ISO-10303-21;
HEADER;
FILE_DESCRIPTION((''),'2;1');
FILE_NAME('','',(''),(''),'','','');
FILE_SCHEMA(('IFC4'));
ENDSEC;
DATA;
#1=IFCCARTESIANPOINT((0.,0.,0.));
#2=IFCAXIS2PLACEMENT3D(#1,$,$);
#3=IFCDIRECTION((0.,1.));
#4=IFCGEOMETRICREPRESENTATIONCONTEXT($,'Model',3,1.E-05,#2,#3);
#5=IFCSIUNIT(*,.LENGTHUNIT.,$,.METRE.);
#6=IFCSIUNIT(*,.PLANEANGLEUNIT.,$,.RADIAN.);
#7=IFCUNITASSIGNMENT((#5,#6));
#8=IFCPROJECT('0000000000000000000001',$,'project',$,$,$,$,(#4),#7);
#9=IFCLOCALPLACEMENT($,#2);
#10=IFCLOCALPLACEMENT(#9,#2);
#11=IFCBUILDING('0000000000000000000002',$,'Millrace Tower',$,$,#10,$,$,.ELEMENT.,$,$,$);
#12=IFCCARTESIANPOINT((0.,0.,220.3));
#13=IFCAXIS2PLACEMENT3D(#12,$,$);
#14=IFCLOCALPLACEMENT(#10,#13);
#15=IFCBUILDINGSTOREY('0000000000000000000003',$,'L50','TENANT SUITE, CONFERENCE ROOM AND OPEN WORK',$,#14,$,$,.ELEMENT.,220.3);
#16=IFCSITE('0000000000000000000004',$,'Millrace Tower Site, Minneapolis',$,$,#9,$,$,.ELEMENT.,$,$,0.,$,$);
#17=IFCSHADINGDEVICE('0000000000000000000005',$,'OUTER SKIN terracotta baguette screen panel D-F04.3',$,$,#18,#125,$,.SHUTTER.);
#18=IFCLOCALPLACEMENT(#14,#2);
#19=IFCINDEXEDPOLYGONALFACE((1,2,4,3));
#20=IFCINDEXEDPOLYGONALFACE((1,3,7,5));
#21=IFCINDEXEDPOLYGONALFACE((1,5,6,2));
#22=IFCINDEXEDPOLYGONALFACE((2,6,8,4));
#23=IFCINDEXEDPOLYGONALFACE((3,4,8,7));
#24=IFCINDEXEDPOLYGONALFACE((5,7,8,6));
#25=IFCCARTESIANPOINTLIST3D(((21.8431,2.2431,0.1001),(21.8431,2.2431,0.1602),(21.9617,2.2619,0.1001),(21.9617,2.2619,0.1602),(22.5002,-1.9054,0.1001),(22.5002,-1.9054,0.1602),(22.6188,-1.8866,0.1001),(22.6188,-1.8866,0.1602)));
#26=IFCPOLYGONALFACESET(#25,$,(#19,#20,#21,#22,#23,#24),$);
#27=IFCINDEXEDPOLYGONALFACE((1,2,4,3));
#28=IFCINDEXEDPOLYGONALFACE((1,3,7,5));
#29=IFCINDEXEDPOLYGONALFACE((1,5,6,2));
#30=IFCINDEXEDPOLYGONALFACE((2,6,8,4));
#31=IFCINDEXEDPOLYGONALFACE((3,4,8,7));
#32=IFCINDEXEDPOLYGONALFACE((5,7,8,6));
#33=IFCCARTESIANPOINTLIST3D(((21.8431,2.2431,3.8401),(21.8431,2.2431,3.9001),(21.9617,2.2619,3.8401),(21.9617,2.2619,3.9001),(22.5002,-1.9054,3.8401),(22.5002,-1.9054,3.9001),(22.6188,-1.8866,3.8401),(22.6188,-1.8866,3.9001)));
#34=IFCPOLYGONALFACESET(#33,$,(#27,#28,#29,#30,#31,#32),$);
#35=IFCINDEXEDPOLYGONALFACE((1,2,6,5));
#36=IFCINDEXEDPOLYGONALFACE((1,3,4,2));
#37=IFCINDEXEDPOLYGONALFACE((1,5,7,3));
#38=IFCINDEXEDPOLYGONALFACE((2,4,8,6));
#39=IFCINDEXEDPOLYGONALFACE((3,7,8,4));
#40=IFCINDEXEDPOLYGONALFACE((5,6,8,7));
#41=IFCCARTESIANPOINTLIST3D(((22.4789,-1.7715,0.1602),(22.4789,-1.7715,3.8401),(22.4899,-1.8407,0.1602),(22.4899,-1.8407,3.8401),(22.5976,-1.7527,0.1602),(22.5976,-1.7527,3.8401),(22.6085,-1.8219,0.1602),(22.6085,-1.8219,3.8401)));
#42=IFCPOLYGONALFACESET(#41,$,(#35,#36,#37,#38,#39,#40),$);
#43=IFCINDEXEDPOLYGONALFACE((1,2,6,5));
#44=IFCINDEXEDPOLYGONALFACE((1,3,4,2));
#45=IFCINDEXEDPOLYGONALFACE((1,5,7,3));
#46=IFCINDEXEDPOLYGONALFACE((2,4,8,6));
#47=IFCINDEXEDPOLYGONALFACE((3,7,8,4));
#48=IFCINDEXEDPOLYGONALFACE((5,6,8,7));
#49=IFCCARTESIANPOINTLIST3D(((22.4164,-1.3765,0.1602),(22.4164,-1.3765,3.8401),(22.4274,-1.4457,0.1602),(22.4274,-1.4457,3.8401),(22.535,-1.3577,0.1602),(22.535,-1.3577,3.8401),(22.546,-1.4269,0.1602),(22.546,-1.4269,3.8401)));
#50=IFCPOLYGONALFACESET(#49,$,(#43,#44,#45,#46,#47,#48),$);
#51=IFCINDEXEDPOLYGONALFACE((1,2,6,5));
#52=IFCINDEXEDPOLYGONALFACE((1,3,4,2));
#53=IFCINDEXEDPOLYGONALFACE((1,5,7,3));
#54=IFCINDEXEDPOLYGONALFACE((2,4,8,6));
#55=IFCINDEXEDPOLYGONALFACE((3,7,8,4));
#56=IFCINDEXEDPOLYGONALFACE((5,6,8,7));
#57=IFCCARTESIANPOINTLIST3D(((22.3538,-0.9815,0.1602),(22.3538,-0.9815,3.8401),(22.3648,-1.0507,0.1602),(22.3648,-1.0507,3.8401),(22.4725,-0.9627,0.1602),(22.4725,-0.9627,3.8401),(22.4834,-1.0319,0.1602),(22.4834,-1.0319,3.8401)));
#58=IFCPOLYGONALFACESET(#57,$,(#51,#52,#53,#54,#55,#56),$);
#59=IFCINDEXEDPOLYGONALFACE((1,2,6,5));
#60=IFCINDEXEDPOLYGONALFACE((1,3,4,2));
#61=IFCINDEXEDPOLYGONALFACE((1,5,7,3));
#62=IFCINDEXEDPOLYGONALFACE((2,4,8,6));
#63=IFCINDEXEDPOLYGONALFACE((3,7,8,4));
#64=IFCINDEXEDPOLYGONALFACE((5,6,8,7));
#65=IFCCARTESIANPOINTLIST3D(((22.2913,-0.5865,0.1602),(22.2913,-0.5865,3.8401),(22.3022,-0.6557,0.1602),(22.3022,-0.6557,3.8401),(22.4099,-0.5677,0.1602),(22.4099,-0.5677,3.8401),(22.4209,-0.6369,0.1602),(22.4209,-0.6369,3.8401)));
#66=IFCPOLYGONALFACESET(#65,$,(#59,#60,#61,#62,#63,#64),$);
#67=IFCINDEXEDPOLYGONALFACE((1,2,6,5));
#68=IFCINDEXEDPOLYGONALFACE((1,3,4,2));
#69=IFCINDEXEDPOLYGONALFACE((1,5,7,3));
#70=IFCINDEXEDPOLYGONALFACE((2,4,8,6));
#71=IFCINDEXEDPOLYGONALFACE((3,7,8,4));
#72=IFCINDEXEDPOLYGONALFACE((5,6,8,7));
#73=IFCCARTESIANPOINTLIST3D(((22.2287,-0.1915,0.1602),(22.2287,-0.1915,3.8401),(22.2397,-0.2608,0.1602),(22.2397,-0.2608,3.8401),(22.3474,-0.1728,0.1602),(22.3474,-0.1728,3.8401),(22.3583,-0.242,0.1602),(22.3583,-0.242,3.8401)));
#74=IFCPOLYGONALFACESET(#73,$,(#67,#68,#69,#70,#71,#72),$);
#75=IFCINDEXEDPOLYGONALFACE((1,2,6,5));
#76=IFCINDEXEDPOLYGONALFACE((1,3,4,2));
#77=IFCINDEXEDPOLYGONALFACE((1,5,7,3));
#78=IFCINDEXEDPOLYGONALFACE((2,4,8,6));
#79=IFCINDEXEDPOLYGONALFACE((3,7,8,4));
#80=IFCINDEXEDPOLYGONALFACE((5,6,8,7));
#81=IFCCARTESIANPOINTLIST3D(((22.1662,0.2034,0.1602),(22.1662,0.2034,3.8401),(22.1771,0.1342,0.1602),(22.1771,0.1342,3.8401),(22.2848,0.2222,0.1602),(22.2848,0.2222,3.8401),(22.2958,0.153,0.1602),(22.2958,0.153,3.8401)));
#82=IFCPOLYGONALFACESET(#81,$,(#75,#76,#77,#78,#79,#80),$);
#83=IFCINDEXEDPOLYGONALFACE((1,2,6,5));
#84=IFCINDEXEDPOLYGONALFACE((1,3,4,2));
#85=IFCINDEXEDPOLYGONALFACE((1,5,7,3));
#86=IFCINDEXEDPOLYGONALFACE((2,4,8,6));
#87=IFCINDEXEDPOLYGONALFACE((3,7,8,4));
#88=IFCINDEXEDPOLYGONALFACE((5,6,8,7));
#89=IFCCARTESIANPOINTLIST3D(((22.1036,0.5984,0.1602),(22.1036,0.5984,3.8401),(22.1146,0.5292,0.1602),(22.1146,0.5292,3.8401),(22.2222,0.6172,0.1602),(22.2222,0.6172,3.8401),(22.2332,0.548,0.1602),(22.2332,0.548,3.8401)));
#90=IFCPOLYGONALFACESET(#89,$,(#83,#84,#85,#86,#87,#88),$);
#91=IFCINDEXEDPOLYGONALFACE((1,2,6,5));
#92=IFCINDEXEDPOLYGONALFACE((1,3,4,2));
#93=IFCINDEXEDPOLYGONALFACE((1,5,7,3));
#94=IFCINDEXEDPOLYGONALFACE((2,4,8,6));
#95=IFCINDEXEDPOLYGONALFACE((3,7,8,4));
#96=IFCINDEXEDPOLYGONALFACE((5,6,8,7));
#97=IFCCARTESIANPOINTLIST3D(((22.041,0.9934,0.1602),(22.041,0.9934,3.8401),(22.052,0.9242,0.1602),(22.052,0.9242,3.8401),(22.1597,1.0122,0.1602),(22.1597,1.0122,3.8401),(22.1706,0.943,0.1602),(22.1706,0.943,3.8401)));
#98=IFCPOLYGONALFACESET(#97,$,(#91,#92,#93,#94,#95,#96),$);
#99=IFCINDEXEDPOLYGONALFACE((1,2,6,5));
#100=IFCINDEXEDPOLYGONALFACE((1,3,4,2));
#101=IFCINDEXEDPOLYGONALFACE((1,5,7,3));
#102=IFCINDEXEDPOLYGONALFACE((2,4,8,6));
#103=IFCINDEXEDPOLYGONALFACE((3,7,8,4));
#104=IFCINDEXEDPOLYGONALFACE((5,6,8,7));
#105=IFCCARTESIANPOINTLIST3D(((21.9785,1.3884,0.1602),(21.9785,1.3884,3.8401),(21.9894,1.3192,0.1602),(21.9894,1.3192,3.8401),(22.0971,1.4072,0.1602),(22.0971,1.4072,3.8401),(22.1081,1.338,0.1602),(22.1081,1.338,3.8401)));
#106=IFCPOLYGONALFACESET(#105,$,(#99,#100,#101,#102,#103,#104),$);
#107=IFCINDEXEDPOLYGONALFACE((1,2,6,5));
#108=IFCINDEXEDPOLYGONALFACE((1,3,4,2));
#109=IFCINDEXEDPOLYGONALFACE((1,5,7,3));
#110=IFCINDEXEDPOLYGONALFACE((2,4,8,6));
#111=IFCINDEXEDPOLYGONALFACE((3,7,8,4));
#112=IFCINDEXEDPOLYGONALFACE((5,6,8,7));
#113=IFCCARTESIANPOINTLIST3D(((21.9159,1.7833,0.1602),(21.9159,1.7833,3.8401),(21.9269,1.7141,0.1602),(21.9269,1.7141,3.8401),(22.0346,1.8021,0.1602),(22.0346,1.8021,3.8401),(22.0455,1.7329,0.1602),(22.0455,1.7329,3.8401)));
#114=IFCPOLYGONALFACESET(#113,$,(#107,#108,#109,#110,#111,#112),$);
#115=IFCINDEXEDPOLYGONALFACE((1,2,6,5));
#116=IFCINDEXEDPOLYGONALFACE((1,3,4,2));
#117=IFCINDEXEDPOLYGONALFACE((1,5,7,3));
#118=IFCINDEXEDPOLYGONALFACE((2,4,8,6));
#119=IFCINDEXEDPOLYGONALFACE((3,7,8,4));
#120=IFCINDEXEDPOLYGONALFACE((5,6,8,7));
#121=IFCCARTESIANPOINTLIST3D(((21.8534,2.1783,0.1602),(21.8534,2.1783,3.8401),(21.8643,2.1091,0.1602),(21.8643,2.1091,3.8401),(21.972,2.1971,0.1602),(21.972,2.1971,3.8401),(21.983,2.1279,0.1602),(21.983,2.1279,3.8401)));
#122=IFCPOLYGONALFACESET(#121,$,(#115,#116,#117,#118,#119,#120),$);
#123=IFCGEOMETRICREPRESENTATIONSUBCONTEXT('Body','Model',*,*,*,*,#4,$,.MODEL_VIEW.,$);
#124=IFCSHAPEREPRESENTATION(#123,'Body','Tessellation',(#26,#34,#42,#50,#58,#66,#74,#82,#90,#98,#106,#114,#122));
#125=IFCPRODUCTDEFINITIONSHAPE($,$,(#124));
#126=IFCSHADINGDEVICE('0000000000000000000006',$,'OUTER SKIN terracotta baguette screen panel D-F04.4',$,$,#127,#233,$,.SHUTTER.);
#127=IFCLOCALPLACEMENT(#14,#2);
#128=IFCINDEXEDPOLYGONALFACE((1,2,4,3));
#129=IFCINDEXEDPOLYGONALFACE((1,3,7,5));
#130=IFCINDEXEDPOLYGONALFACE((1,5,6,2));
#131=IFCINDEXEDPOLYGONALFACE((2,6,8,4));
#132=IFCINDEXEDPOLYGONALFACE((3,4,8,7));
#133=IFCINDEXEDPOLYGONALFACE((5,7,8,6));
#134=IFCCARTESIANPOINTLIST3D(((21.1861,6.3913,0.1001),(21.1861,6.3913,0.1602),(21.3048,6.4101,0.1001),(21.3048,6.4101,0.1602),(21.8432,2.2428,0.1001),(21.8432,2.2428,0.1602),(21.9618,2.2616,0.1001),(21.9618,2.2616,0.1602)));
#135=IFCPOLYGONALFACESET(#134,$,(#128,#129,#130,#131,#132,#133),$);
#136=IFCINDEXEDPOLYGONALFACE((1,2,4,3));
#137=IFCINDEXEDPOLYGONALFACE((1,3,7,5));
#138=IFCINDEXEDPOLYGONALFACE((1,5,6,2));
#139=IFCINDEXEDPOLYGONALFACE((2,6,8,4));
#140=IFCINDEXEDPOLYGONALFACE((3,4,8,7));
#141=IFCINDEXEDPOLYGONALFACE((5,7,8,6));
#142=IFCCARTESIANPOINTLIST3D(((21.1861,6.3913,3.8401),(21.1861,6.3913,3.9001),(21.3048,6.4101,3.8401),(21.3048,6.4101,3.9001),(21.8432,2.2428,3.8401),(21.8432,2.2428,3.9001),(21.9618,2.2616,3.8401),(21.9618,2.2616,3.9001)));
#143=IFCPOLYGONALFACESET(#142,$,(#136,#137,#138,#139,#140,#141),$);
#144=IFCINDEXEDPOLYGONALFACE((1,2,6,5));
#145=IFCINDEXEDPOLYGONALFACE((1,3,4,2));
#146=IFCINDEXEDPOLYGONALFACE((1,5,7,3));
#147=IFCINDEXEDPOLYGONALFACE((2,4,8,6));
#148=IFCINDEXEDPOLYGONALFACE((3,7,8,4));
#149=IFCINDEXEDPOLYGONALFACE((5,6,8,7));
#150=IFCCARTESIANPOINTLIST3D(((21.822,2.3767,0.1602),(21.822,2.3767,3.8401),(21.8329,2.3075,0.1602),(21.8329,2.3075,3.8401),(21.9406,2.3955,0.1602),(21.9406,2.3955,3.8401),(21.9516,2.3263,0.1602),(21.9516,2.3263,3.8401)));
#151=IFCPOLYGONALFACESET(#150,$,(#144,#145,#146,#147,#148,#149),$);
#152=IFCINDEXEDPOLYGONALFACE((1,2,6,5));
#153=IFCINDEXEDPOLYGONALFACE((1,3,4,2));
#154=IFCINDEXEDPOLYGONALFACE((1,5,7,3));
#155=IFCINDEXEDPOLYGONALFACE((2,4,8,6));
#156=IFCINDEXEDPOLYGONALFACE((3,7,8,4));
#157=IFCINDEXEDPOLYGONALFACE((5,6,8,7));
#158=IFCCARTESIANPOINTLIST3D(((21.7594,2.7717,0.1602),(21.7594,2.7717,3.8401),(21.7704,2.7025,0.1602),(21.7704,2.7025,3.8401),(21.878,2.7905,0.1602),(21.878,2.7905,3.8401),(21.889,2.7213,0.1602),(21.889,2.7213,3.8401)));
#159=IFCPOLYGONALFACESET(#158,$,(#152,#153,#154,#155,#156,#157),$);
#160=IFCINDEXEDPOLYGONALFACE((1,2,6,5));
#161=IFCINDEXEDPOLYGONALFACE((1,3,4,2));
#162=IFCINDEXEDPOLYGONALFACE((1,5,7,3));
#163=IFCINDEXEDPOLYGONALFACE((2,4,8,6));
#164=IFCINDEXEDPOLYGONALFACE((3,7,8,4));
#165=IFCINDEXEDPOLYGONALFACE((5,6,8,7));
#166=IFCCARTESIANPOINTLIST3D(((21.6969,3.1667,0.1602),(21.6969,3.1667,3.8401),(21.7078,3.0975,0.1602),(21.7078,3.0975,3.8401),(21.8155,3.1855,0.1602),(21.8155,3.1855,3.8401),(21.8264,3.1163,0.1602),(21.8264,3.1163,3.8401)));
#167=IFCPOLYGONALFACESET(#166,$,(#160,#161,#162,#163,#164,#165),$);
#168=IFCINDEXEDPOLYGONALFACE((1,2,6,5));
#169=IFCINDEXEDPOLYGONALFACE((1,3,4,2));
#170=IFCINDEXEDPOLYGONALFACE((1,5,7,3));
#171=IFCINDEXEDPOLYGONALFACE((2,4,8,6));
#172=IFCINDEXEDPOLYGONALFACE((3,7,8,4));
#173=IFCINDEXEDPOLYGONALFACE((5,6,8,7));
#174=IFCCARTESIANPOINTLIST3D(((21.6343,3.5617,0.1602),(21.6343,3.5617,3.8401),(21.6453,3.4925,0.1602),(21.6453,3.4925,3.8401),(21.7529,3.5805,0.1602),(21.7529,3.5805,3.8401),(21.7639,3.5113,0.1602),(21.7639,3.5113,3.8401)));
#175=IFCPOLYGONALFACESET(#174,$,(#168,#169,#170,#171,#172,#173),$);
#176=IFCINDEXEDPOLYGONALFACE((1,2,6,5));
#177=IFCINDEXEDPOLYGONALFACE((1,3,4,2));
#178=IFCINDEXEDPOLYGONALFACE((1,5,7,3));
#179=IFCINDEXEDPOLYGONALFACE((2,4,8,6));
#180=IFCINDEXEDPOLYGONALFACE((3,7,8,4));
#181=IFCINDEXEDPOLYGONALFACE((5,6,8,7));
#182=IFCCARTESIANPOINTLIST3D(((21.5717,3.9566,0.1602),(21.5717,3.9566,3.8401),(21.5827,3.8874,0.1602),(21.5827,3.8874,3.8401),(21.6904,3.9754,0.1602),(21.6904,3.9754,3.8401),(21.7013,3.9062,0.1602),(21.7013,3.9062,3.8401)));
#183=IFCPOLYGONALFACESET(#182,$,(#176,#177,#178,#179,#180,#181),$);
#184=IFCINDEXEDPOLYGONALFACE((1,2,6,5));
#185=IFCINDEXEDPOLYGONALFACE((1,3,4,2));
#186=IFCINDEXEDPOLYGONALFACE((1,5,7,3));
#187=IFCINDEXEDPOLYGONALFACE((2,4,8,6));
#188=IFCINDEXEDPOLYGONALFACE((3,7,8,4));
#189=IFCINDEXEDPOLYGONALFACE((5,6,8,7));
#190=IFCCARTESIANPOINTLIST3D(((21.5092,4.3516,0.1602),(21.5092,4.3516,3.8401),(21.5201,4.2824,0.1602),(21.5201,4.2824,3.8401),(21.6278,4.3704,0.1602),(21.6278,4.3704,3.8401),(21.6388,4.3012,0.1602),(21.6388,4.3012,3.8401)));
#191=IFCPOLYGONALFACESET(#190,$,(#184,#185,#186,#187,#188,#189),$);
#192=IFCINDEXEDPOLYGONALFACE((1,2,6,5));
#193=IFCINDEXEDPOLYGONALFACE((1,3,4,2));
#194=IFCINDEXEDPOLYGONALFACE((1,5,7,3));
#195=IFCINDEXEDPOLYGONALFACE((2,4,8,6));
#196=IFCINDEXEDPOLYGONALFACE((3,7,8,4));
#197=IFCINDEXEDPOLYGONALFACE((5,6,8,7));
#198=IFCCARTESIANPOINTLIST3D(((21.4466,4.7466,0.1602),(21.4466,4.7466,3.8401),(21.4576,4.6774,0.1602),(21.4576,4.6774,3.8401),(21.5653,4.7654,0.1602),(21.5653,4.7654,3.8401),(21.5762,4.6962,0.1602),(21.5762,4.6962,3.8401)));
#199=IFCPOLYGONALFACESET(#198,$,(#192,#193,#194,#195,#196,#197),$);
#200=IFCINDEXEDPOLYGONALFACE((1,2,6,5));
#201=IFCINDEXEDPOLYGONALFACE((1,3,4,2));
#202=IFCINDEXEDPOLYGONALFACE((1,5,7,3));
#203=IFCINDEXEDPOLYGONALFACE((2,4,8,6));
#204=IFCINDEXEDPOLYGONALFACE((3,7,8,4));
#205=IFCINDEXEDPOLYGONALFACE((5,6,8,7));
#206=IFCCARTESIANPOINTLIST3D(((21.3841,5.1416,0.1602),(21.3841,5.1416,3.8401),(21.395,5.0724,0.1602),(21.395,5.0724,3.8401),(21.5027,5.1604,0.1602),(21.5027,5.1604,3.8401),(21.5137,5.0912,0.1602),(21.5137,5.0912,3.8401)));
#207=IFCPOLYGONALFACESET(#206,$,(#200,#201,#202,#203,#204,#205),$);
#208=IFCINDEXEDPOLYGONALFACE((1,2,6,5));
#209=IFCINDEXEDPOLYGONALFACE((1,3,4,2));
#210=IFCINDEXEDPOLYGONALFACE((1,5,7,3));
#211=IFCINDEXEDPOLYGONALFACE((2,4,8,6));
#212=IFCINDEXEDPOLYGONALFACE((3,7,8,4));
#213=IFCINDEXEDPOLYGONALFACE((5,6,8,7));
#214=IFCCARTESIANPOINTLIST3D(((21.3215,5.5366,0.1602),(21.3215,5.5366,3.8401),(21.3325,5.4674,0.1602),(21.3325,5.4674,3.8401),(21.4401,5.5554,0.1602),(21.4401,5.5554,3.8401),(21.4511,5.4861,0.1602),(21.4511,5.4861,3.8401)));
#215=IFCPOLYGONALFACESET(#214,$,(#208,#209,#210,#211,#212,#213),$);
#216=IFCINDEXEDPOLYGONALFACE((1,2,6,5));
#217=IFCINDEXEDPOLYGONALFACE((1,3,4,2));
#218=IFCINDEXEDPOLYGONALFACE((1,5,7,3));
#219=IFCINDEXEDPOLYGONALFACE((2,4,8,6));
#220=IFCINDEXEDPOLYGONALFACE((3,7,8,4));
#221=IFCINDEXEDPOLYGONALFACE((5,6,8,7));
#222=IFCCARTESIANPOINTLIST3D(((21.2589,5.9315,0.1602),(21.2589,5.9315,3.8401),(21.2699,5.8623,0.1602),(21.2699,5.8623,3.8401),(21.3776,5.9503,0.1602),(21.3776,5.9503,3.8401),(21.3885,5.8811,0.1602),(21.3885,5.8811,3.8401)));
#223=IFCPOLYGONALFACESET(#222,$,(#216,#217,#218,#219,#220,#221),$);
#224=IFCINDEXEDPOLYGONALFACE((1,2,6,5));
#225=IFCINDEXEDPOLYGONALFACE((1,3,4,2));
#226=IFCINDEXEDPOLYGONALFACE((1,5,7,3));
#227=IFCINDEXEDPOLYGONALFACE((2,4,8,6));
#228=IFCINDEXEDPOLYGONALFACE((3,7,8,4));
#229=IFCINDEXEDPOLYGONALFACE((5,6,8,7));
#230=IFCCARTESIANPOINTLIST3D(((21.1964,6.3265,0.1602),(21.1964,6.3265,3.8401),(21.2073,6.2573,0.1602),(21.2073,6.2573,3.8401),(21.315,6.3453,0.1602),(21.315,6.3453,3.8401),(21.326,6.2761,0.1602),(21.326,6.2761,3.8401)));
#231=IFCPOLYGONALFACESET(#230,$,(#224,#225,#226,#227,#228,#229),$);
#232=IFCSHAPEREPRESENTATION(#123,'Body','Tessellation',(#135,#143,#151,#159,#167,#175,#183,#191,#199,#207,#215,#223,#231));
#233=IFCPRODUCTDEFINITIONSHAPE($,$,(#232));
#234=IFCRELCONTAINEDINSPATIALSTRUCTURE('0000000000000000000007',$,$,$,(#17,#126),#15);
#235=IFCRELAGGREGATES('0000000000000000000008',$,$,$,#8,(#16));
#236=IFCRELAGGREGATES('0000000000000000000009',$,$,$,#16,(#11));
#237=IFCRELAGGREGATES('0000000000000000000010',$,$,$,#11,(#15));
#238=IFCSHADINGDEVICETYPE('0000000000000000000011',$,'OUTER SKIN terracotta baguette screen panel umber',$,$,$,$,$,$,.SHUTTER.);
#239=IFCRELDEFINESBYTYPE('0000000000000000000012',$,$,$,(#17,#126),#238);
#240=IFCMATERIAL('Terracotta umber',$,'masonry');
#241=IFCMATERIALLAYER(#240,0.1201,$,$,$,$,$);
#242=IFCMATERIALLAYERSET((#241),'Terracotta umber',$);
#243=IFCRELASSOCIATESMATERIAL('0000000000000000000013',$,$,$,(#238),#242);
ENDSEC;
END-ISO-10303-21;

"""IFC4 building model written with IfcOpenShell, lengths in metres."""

from ifc_helpers import new_model, entity, si_unit, direction, frame, frame_2d, origin, origin_2d, place, context, subcontext, project, spatial, rectangle, extrude, source, transform, mapped, material, layer, layer_set, type_object, element, save


model = new_model("IFC4")

# Units and contexts
model_context = context("Model", 3, precision=1e-05, world=origin(), true_north=direction((0.0, 1.0)))
body_context = subcontext(model_context, "Body", "Model", "MODEL_VIEW")
ifc_project = project(units=[si_unit("LENGTHUNIT", "METRE"), si_unit("PLANEANGLEUNIT", "RADIAN")], contexts=[model_context])

# Site, building, storey
site_placement = place(None, origin())
site = spatial("IfcSite", under=ifc_project, at=site_placement, Name="Millrace Tower Site, Minneapolis", CompositionType="ELEMENT", RefElevation=0.0)
building_placement = place(site_placement, origin())
building = spatial("IfcBuilding", under=site, at=building_placement, Name="Millrace Tower", CompositionType="ELEMENT")
storey_placement = place(building_placement, frame((0.0, 0.0, 220.3)))
storey = spatial("IfcBuildingStorey", under=building, at=storey_placement, Name="L50", Description="TENANT SUITE, CONFERENCE ROOM AND OPEN WORK", CompositionType="ELEMENT", Elevation=220.3)

# Shading devices
ifc_material_1 = material(Name="Terracotta umber", Category="masonry")
ifc_layer_1 = layer(ifc_material_1, 0.1201)
ifc_layer_set_1 = layer_set([ifc_layer_1], Name="Terracotta umber")
shading_device_type = type_object("IfcShadingDeviceType", Name="OUTER SKIN terracotta baguette screen panel umber", PredefinedType="SHUTTER", material=ifc_layer_set_1)
cartesian_point = entity("IfcCartesianPoint", [-2.1001, 0.0601])
shared_polyline = entity("IfcPolyline", [cartesian_point, entity("IfcCartesianPoint", [2.1001, 0.0601]), entity("IfcCartesianPoint", [2.1001, -0.0601]), entity("IfcCartesianPoint", [-2.1001, -0.0601]), cartesian_point])
shared_shape = source(origin(), body_context, "Body", "SweptSolid", [
    entity("IfcExtrudedAreaSolid", entity("IfcArbitraryClosedProfileDef", "AREA", None, shared_polyline), entity("IfcAxis2Placement3D", entity("IfcCartesianPoint", [0.0, 0.0, 0.0])), entity("IfcDirection", [0.0, 0.0, 1.0]), 0.0601),
    entity("IfcExtrudedAreaSolid", entity("IfcArbitraryClosedProfileDef", "AREA", None, shared_polyline), entity("IfcAxis2Placement3D", entity("IfcCartesianPoint", [0.0, 0.0, 3.74])), entity("IfcDirection", [0.0, 0.0, 1.0]), 0.0601),
    extrude(rectangle(XDim=0.0701, YDim=0.1201, at=frame_2d((-1.9995, 0.0))), frame((0.0, 0.0, 0.0601)), (0.0, 0.0, 1.0), 3.6799),
    extrude(rectangle(XDim=0.0701, YDim=0.1201, at=frame_2d((-1.5996, 0.0))), frame((0.0, 0.0, 0.0601)), (0.0, 0.0, 1.0), 3.6799),
    extrude(rectangle(XDim=0.0701, YDim=0.1201, at=frame_2d((-1.1997, 0.0))), frame((0.0, 0.0, 0.0601)), (0.0, 0.0, 1.0), 3.6799),
    extrude(rectangle(XDim=0.0701, YDim=0.1201, at=frame_2d((-0.7998, 0.0))), frame((0.0, 0.0, 0.0601)), (0.0, 0.0, 1.0), 3.6799),
    extrude(rectangle(XDim=0.0701, YDim=0.1201, at=frame_2d((-0.3999, 0.0))), frame((0.0, 0.0, 0.0601)), (0.0, 0.0, 1.0), 3.6799),
    extrude(rectangle(XDim=0.0701, YDim=0.1201, at=origin_2d()), frame((0.0, 0.0, 0.0601)), (0.0, 0.0, 1.0), 3.6799),
    extrude(rectangle(XDim=0.0701, YDim=0.1201, at=frame_2d((0.3999, 0.0))), frame((0.0, 0.0, 0.0601)), (0.0, 0.0, 1.0), 3.6799),
    extrude(rectangle(XDim=0.0701, YDim=0.1201, at=frame_2d((0.7998, 0.0))), frame((0.0, 0.0, 0.0601)), (0.0, 0.0, 1.0), 3.6799),
    extrude(rectangle(XDim=0.0701, YDim=0.1201, at=frame_2d((1.1997, 0.0))), frame((0.0, 0.0, 0.0601)), (0.0, 0.0, 1.0), 3.6799),
    extrude(rectangle(XDim=0.0701, YDim=0.1201, at=frame_2d((1.5996, 0.0))), frame((0.0, 0.0, 0.0601)), (0.0, 0.0, 1.0), 3.6799),
    extrude(rectangle(XDim=0.0701, YDim=0.1201, at=frame_2d((1.9995, 0.0))), frame((0.0, 0.0, 0.0601)), (0.0, 0.0, 1.0), 3.6799),
])
for number, where, z_axis, x_axis, name in (
    (1, (22.231, 0.1782, 0.1001), (0.0, 0.0, 1.0), (-0.156434, 0.987688, 0.0), "OUTER SKIN terracotta baguette screen panel D-F04.3"),
    (2, (21.574, 4.3264, 0.1001), (0.0, 0.0, 1.0), (-0.156434, 0.987688, 0.0), "OUTER SKIN terracotta baguette screen panel D-F04.4"),
):
    element("IfcShadingDevice", number, at=place(storey_placement, frame(where, z_axis=z_axis, x_axis=x_axis)), inside=storey, type_object=shading_device_type, Name=name, PredefinedType="SHUTTER", context=body_context, shape_type="MappedRepresentation", body=[
        mapped(shared_shape, transform((0.0, 0.0, 0.0), scale=1.0)),
    ])

save(model, "model.ifc")
